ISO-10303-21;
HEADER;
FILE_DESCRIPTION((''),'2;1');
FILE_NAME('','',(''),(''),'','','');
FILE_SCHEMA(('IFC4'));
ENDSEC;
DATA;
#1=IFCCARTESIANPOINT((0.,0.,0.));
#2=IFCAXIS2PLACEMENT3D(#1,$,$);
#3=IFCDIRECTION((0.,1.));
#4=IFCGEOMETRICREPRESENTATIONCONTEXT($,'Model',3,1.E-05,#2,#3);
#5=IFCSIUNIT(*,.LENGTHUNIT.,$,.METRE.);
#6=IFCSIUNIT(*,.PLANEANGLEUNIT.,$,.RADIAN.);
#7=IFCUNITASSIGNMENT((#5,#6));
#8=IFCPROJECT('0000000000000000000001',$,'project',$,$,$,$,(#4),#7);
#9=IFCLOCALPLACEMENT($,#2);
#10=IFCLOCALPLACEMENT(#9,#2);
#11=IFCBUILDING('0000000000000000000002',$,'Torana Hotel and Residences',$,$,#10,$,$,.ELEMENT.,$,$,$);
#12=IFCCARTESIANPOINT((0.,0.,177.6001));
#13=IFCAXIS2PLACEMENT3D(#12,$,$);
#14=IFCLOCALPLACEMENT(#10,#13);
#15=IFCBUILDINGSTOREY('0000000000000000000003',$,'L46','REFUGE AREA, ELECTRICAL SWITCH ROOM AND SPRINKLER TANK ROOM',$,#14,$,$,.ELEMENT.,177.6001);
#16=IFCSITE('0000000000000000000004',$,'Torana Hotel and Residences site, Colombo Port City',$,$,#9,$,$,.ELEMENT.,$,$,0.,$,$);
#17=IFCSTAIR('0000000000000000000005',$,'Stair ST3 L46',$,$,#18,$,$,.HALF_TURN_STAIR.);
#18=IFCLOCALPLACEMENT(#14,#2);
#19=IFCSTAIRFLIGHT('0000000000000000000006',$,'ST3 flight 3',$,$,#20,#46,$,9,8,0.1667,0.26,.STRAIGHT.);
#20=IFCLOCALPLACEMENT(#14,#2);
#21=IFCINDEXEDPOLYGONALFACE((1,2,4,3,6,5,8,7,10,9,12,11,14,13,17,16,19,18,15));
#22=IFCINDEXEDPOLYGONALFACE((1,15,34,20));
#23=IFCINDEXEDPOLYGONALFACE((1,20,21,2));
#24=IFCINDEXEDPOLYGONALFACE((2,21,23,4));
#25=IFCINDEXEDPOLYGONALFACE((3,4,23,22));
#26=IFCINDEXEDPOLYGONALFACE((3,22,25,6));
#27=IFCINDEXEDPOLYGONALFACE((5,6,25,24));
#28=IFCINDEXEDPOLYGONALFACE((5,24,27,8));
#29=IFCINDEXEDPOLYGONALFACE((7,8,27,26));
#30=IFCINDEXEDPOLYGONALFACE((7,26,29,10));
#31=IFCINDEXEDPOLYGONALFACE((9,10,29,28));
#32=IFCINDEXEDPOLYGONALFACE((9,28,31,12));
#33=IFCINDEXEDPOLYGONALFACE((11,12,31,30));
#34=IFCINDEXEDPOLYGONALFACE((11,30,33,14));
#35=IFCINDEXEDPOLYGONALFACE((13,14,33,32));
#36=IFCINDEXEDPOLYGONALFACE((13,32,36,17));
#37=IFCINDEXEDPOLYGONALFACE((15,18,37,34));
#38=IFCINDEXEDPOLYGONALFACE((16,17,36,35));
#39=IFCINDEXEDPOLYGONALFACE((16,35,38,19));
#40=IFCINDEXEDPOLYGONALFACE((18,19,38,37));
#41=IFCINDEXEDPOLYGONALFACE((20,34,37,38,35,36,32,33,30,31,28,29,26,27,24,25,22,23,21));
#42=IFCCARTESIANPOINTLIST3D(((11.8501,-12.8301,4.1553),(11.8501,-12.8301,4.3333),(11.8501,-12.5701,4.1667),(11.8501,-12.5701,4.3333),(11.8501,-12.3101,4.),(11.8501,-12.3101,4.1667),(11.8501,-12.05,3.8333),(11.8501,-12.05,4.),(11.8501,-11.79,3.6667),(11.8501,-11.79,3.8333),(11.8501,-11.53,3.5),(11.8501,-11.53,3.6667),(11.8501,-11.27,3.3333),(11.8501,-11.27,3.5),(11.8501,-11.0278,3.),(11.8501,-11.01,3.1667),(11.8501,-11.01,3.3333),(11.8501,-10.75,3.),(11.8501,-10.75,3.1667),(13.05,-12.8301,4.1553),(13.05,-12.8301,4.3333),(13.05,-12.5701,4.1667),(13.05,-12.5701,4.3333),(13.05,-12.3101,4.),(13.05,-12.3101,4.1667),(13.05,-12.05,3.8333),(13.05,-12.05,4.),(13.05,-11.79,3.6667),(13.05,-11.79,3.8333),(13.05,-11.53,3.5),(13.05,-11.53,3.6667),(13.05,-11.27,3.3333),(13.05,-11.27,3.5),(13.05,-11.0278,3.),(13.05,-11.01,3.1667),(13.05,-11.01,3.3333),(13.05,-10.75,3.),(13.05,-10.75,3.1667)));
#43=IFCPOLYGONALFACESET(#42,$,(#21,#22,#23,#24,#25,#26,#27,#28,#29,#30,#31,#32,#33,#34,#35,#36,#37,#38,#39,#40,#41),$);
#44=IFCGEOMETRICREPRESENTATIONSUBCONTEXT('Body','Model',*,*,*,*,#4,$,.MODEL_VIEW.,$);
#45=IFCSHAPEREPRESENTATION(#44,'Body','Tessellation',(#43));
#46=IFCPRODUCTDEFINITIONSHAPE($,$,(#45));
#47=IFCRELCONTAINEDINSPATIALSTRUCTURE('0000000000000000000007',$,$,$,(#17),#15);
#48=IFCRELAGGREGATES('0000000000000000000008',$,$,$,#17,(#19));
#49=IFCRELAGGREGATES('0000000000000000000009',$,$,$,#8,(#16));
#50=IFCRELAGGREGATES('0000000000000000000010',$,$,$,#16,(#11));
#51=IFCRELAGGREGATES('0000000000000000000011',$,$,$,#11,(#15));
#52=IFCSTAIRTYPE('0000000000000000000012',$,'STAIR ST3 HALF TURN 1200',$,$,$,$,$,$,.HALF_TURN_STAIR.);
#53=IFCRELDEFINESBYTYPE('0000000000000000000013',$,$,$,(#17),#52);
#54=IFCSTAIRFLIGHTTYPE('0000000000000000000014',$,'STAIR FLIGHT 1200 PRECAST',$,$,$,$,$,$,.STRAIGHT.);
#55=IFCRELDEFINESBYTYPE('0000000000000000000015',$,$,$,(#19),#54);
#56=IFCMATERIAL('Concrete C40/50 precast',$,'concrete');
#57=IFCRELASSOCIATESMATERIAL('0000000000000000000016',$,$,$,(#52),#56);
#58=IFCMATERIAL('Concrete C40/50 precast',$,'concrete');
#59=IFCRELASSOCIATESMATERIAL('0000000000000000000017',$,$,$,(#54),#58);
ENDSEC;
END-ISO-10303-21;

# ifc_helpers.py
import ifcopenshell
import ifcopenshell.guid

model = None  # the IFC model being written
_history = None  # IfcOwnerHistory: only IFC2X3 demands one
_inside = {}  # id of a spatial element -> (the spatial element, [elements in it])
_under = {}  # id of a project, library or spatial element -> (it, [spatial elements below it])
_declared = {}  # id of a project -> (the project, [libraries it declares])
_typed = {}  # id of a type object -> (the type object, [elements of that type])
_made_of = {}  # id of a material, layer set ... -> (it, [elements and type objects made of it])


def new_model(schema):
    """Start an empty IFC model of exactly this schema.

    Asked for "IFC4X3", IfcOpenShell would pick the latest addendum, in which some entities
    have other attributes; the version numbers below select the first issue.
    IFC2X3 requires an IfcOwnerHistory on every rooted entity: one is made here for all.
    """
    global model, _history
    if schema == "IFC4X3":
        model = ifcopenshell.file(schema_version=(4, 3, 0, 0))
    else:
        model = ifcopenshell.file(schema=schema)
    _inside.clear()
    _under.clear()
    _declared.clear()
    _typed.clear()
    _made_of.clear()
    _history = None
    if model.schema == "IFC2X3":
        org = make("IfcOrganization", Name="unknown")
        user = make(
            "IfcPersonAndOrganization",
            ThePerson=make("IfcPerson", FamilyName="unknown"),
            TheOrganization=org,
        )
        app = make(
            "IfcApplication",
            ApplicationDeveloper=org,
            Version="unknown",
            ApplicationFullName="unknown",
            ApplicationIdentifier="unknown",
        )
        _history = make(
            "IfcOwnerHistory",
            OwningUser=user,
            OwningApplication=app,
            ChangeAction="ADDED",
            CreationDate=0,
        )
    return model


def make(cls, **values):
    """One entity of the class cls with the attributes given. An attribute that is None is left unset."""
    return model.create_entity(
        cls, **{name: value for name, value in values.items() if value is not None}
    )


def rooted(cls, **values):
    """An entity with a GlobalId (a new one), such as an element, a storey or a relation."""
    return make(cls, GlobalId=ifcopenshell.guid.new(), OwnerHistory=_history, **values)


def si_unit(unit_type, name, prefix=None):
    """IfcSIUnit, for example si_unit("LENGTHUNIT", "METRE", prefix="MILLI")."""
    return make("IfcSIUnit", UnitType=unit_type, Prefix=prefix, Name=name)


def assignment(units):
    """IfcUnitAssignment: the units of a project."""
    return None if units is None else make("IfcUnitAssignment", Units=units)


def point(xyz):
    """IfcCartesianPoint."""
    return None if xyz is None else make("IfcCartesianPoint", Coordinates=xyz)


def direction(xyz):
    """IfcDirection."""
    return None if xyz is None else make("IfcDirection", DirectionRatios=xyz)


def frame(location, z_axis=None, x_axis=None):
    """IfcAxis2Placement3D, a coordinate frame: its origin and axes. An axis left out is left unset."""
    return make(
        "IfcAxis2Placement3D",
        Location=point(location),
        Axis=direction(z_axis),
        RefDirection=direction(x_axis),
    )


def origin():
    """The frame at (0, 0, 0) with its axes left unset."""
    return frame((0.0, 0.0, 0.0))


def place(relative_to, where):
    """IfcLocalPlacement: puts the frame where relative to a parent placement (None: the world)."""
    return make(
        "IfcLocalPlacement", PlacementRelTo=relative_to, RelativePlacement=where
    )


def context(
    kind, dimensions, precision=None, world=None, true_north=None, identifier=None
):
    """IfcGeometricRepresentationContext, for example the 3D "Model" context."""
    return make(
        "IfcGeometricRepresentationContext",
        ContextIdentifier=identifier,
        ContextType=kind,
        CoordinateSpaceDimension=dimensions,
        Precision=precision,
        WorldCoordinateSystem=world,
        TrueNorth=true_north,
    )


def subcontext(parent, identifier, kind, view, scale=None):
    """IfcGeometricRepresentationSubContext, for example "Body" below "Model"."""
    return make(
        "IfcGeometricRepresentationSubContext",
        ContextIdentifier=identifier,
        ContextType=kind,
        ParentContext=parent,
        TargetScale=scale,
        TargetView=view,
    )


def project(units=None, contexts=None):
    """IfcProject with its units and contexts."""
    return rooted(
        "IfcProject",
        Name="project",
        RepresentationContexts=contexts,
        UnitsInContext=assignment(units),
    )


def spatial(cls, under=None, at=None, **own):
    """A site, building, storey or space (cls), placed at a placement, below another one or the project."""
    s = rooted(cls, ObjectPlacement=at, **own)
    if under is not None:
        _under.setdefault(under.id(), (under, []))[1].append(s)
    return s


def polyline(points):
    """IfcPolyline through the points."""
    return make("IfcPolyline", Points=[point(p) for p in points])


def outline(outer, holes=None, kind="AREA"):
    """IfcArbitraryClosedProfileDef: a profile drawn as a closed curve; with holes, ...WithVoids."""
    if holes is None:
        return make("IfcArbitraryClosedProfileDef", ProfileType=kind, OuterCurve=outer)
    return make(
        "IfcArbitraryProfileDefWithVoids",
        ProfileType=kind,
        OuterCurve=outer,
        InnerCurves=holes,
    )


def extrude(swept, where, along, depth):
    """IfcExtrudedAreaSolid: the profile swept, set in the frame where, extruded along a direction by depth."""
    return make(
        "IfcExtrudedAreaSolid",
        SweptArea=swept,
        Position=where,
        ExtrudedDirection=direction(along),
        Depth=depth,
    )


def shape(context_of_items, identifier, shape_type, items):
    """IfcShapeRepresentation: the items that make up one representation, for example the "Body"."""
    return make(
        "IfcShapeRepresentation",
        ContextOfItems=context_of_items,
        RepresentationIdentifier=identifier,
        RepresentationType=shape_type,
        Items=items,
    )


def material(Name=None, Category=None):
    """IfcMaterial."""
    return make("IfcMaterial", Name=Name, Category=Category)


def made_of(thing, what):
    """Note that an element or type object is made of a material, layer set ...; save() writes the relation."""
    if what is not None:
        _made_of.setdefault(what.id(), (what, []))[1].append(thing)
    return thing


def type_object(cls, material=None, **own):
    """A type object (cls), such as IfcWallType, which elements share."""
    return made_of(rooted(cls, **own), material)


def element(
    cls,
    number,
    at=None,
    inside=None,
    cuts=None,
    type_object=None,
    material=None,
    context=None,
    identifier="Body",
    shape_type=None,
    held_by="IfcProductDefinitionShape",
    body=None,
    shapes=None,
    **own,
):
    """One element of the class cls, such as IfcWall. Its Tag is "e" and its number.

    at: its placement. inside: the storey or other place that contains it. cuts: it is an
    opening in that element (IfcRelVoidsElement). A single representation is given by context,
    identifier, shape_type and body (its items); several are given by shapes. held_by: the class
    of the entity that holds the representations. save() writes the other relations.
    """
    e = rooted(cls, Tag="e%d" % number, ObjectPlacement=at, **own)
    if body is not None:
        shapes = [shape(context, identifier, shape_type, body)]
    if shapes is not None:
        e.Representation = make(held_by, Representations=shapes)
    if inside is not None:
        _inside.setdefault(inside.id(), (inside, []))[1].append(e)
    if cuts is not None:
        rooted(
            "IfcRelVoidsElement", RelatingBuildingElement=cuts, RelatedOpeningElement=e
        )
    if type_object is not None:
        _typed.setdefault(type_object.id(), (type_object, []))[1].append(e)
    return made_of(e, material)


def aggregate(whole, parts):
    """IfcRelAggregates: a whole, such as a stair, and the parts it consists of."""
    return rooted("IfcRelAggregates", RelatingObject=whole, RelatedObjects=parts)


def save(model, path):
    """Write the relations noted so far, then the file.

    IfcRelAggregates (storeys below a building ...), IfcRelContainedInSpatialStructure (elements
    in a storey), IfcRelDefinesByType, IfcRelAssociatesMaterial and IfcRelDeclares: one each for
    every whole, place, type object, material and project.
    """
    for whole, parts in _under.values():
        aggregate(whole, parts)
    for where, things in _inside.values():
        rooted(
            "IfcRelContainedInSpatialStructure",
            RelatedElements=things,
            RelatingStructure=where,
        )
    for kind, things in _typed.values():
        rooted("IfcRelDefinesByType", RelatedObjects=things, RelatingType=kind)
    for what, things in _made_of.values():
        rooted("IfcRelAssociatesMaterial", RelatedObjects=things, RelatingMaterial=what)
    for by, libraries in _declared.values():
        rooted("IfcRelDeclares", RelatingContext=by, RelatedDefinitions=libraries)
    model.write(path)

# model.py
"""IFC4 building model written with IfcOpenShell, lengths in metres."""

from ifc_helpers import new_model, si_unit, direction, frame, origin, place, context, subcontext, project, spatial, polyline, outline, extrude, material, type_object, element, aggregate, save


model = new_model("IFC4")

# Units and contexts
model_context = context("Model", 3, precision=1e-05, world=origin(), true_north=direction((0.0, 1.0)))
body_context = subcontext(model_context, "Body", "Model", "MODEL_VIEW")
ifc_project = project(units=[si_unit("LENGTHUNIT", "METRE"), si_unit("PLANEANGLEUNIT", "RADIAN")], contexts=[model_context])

# Site, building, storey
site_placement = place(None, origin())
site = spatial("IfcSite", under=ifc_project, at=site_placement, Name="Torana Hotel and Residences site, Colombo Port City", CompositionType="ELEMENT", RefElevation=0.0)
building_placement = place(site_placement, origin())
building = spatial("IfcBuilding", under=site, at=building_placement, Name="Torana Hotel and Residences", CompositionType="ELEMENT")
storey_placement = place(building_placement, frame((0.0, 0.0, 177.6001)))
storey = spatial("IfcBuildingStorey", under=building, at=storey_placement, Name="L46", Description="REFUGE AREA, ELECTRICAL SWITCH ROOM AND SPRINKLER TANK ROOM", CompositionType="ELEMENT", Elevation=177.6001)

# Stair, stair flight
ifc_material_1 = material(Name="Concrete C40/50 precast", Category="concrete")
stair_type = type_object("IfcStairType", Name="STAIR ST3 HALF TURN 1200", PredefinedType="HALF_TURN_STAIR", material=ifc_material_1)
stair_placement = place(storey_placement, origin())
stair = element("IfcStair", 1, at=stair_placement, inside=storey, type_object=stair_type, Name="Stair ST3 L46", PredefinedType="HALF_TURN_STAIR")
ifc_material_2 = material(Name="Concrete C40/50 precast", Category="concrete")
stair_flight_type = type_object("IfcStairFlightType", Name="STAIR FLIGHT 1200 PRECAST", PredefinedType="STRAIGHT", material=ifc_material_2)
stair_flight_1_placement = place(storey_placement, frame((12.45, -10.75, 3.0), z_axis=(0.0, 0.0, 1.0), x_axis=(0.0, -1.0, 0.0)))
stair_flight_1 = element("IfcStairFlight", 2, at=stair_flight_1_placement, type_object=stair_flight_type, Name="ST3 flight 3", NumberOfRisers=9, NumberOfTreads=8, PredefinedType="STRAIGHT", RiserHeight=0.1667, TreadLength=0.26, context=body_context, shape_type="SweptSolid", body=[
    extrude(outline(polyline([(0.0, 0.0), (0.0, 0.1667), (0.26, 0.1667), (0.26, 0.3333), (0.52, 0.3333), (0.52, 0.5), (0.78, 0.5), (0.78, 0.6667), (1.04, 0.6667), (1.04, 0.8333), (1.3, 0.8333), (1.3, 1.0), (1.5601, 1.0), (1.5601, 1.1667), (1.8201, 1.1667), (1.8201, 1.3333), (2.0801, 1.3333), (2.0801, 1.5), (2.0801, 1.1553), (0.2778, 0.0), (0.0, 0.0)])), frame((0.0, 0.6001, 0.0), z_axis=(0.0, -1.0, 0.0), x_axis=(1.0, 0.0, 0.0)), (0.0, 0.0, 1.0), 1.2),
])
aggregate(stair, [stair_flight_1])

save(model, "model.ifc")
